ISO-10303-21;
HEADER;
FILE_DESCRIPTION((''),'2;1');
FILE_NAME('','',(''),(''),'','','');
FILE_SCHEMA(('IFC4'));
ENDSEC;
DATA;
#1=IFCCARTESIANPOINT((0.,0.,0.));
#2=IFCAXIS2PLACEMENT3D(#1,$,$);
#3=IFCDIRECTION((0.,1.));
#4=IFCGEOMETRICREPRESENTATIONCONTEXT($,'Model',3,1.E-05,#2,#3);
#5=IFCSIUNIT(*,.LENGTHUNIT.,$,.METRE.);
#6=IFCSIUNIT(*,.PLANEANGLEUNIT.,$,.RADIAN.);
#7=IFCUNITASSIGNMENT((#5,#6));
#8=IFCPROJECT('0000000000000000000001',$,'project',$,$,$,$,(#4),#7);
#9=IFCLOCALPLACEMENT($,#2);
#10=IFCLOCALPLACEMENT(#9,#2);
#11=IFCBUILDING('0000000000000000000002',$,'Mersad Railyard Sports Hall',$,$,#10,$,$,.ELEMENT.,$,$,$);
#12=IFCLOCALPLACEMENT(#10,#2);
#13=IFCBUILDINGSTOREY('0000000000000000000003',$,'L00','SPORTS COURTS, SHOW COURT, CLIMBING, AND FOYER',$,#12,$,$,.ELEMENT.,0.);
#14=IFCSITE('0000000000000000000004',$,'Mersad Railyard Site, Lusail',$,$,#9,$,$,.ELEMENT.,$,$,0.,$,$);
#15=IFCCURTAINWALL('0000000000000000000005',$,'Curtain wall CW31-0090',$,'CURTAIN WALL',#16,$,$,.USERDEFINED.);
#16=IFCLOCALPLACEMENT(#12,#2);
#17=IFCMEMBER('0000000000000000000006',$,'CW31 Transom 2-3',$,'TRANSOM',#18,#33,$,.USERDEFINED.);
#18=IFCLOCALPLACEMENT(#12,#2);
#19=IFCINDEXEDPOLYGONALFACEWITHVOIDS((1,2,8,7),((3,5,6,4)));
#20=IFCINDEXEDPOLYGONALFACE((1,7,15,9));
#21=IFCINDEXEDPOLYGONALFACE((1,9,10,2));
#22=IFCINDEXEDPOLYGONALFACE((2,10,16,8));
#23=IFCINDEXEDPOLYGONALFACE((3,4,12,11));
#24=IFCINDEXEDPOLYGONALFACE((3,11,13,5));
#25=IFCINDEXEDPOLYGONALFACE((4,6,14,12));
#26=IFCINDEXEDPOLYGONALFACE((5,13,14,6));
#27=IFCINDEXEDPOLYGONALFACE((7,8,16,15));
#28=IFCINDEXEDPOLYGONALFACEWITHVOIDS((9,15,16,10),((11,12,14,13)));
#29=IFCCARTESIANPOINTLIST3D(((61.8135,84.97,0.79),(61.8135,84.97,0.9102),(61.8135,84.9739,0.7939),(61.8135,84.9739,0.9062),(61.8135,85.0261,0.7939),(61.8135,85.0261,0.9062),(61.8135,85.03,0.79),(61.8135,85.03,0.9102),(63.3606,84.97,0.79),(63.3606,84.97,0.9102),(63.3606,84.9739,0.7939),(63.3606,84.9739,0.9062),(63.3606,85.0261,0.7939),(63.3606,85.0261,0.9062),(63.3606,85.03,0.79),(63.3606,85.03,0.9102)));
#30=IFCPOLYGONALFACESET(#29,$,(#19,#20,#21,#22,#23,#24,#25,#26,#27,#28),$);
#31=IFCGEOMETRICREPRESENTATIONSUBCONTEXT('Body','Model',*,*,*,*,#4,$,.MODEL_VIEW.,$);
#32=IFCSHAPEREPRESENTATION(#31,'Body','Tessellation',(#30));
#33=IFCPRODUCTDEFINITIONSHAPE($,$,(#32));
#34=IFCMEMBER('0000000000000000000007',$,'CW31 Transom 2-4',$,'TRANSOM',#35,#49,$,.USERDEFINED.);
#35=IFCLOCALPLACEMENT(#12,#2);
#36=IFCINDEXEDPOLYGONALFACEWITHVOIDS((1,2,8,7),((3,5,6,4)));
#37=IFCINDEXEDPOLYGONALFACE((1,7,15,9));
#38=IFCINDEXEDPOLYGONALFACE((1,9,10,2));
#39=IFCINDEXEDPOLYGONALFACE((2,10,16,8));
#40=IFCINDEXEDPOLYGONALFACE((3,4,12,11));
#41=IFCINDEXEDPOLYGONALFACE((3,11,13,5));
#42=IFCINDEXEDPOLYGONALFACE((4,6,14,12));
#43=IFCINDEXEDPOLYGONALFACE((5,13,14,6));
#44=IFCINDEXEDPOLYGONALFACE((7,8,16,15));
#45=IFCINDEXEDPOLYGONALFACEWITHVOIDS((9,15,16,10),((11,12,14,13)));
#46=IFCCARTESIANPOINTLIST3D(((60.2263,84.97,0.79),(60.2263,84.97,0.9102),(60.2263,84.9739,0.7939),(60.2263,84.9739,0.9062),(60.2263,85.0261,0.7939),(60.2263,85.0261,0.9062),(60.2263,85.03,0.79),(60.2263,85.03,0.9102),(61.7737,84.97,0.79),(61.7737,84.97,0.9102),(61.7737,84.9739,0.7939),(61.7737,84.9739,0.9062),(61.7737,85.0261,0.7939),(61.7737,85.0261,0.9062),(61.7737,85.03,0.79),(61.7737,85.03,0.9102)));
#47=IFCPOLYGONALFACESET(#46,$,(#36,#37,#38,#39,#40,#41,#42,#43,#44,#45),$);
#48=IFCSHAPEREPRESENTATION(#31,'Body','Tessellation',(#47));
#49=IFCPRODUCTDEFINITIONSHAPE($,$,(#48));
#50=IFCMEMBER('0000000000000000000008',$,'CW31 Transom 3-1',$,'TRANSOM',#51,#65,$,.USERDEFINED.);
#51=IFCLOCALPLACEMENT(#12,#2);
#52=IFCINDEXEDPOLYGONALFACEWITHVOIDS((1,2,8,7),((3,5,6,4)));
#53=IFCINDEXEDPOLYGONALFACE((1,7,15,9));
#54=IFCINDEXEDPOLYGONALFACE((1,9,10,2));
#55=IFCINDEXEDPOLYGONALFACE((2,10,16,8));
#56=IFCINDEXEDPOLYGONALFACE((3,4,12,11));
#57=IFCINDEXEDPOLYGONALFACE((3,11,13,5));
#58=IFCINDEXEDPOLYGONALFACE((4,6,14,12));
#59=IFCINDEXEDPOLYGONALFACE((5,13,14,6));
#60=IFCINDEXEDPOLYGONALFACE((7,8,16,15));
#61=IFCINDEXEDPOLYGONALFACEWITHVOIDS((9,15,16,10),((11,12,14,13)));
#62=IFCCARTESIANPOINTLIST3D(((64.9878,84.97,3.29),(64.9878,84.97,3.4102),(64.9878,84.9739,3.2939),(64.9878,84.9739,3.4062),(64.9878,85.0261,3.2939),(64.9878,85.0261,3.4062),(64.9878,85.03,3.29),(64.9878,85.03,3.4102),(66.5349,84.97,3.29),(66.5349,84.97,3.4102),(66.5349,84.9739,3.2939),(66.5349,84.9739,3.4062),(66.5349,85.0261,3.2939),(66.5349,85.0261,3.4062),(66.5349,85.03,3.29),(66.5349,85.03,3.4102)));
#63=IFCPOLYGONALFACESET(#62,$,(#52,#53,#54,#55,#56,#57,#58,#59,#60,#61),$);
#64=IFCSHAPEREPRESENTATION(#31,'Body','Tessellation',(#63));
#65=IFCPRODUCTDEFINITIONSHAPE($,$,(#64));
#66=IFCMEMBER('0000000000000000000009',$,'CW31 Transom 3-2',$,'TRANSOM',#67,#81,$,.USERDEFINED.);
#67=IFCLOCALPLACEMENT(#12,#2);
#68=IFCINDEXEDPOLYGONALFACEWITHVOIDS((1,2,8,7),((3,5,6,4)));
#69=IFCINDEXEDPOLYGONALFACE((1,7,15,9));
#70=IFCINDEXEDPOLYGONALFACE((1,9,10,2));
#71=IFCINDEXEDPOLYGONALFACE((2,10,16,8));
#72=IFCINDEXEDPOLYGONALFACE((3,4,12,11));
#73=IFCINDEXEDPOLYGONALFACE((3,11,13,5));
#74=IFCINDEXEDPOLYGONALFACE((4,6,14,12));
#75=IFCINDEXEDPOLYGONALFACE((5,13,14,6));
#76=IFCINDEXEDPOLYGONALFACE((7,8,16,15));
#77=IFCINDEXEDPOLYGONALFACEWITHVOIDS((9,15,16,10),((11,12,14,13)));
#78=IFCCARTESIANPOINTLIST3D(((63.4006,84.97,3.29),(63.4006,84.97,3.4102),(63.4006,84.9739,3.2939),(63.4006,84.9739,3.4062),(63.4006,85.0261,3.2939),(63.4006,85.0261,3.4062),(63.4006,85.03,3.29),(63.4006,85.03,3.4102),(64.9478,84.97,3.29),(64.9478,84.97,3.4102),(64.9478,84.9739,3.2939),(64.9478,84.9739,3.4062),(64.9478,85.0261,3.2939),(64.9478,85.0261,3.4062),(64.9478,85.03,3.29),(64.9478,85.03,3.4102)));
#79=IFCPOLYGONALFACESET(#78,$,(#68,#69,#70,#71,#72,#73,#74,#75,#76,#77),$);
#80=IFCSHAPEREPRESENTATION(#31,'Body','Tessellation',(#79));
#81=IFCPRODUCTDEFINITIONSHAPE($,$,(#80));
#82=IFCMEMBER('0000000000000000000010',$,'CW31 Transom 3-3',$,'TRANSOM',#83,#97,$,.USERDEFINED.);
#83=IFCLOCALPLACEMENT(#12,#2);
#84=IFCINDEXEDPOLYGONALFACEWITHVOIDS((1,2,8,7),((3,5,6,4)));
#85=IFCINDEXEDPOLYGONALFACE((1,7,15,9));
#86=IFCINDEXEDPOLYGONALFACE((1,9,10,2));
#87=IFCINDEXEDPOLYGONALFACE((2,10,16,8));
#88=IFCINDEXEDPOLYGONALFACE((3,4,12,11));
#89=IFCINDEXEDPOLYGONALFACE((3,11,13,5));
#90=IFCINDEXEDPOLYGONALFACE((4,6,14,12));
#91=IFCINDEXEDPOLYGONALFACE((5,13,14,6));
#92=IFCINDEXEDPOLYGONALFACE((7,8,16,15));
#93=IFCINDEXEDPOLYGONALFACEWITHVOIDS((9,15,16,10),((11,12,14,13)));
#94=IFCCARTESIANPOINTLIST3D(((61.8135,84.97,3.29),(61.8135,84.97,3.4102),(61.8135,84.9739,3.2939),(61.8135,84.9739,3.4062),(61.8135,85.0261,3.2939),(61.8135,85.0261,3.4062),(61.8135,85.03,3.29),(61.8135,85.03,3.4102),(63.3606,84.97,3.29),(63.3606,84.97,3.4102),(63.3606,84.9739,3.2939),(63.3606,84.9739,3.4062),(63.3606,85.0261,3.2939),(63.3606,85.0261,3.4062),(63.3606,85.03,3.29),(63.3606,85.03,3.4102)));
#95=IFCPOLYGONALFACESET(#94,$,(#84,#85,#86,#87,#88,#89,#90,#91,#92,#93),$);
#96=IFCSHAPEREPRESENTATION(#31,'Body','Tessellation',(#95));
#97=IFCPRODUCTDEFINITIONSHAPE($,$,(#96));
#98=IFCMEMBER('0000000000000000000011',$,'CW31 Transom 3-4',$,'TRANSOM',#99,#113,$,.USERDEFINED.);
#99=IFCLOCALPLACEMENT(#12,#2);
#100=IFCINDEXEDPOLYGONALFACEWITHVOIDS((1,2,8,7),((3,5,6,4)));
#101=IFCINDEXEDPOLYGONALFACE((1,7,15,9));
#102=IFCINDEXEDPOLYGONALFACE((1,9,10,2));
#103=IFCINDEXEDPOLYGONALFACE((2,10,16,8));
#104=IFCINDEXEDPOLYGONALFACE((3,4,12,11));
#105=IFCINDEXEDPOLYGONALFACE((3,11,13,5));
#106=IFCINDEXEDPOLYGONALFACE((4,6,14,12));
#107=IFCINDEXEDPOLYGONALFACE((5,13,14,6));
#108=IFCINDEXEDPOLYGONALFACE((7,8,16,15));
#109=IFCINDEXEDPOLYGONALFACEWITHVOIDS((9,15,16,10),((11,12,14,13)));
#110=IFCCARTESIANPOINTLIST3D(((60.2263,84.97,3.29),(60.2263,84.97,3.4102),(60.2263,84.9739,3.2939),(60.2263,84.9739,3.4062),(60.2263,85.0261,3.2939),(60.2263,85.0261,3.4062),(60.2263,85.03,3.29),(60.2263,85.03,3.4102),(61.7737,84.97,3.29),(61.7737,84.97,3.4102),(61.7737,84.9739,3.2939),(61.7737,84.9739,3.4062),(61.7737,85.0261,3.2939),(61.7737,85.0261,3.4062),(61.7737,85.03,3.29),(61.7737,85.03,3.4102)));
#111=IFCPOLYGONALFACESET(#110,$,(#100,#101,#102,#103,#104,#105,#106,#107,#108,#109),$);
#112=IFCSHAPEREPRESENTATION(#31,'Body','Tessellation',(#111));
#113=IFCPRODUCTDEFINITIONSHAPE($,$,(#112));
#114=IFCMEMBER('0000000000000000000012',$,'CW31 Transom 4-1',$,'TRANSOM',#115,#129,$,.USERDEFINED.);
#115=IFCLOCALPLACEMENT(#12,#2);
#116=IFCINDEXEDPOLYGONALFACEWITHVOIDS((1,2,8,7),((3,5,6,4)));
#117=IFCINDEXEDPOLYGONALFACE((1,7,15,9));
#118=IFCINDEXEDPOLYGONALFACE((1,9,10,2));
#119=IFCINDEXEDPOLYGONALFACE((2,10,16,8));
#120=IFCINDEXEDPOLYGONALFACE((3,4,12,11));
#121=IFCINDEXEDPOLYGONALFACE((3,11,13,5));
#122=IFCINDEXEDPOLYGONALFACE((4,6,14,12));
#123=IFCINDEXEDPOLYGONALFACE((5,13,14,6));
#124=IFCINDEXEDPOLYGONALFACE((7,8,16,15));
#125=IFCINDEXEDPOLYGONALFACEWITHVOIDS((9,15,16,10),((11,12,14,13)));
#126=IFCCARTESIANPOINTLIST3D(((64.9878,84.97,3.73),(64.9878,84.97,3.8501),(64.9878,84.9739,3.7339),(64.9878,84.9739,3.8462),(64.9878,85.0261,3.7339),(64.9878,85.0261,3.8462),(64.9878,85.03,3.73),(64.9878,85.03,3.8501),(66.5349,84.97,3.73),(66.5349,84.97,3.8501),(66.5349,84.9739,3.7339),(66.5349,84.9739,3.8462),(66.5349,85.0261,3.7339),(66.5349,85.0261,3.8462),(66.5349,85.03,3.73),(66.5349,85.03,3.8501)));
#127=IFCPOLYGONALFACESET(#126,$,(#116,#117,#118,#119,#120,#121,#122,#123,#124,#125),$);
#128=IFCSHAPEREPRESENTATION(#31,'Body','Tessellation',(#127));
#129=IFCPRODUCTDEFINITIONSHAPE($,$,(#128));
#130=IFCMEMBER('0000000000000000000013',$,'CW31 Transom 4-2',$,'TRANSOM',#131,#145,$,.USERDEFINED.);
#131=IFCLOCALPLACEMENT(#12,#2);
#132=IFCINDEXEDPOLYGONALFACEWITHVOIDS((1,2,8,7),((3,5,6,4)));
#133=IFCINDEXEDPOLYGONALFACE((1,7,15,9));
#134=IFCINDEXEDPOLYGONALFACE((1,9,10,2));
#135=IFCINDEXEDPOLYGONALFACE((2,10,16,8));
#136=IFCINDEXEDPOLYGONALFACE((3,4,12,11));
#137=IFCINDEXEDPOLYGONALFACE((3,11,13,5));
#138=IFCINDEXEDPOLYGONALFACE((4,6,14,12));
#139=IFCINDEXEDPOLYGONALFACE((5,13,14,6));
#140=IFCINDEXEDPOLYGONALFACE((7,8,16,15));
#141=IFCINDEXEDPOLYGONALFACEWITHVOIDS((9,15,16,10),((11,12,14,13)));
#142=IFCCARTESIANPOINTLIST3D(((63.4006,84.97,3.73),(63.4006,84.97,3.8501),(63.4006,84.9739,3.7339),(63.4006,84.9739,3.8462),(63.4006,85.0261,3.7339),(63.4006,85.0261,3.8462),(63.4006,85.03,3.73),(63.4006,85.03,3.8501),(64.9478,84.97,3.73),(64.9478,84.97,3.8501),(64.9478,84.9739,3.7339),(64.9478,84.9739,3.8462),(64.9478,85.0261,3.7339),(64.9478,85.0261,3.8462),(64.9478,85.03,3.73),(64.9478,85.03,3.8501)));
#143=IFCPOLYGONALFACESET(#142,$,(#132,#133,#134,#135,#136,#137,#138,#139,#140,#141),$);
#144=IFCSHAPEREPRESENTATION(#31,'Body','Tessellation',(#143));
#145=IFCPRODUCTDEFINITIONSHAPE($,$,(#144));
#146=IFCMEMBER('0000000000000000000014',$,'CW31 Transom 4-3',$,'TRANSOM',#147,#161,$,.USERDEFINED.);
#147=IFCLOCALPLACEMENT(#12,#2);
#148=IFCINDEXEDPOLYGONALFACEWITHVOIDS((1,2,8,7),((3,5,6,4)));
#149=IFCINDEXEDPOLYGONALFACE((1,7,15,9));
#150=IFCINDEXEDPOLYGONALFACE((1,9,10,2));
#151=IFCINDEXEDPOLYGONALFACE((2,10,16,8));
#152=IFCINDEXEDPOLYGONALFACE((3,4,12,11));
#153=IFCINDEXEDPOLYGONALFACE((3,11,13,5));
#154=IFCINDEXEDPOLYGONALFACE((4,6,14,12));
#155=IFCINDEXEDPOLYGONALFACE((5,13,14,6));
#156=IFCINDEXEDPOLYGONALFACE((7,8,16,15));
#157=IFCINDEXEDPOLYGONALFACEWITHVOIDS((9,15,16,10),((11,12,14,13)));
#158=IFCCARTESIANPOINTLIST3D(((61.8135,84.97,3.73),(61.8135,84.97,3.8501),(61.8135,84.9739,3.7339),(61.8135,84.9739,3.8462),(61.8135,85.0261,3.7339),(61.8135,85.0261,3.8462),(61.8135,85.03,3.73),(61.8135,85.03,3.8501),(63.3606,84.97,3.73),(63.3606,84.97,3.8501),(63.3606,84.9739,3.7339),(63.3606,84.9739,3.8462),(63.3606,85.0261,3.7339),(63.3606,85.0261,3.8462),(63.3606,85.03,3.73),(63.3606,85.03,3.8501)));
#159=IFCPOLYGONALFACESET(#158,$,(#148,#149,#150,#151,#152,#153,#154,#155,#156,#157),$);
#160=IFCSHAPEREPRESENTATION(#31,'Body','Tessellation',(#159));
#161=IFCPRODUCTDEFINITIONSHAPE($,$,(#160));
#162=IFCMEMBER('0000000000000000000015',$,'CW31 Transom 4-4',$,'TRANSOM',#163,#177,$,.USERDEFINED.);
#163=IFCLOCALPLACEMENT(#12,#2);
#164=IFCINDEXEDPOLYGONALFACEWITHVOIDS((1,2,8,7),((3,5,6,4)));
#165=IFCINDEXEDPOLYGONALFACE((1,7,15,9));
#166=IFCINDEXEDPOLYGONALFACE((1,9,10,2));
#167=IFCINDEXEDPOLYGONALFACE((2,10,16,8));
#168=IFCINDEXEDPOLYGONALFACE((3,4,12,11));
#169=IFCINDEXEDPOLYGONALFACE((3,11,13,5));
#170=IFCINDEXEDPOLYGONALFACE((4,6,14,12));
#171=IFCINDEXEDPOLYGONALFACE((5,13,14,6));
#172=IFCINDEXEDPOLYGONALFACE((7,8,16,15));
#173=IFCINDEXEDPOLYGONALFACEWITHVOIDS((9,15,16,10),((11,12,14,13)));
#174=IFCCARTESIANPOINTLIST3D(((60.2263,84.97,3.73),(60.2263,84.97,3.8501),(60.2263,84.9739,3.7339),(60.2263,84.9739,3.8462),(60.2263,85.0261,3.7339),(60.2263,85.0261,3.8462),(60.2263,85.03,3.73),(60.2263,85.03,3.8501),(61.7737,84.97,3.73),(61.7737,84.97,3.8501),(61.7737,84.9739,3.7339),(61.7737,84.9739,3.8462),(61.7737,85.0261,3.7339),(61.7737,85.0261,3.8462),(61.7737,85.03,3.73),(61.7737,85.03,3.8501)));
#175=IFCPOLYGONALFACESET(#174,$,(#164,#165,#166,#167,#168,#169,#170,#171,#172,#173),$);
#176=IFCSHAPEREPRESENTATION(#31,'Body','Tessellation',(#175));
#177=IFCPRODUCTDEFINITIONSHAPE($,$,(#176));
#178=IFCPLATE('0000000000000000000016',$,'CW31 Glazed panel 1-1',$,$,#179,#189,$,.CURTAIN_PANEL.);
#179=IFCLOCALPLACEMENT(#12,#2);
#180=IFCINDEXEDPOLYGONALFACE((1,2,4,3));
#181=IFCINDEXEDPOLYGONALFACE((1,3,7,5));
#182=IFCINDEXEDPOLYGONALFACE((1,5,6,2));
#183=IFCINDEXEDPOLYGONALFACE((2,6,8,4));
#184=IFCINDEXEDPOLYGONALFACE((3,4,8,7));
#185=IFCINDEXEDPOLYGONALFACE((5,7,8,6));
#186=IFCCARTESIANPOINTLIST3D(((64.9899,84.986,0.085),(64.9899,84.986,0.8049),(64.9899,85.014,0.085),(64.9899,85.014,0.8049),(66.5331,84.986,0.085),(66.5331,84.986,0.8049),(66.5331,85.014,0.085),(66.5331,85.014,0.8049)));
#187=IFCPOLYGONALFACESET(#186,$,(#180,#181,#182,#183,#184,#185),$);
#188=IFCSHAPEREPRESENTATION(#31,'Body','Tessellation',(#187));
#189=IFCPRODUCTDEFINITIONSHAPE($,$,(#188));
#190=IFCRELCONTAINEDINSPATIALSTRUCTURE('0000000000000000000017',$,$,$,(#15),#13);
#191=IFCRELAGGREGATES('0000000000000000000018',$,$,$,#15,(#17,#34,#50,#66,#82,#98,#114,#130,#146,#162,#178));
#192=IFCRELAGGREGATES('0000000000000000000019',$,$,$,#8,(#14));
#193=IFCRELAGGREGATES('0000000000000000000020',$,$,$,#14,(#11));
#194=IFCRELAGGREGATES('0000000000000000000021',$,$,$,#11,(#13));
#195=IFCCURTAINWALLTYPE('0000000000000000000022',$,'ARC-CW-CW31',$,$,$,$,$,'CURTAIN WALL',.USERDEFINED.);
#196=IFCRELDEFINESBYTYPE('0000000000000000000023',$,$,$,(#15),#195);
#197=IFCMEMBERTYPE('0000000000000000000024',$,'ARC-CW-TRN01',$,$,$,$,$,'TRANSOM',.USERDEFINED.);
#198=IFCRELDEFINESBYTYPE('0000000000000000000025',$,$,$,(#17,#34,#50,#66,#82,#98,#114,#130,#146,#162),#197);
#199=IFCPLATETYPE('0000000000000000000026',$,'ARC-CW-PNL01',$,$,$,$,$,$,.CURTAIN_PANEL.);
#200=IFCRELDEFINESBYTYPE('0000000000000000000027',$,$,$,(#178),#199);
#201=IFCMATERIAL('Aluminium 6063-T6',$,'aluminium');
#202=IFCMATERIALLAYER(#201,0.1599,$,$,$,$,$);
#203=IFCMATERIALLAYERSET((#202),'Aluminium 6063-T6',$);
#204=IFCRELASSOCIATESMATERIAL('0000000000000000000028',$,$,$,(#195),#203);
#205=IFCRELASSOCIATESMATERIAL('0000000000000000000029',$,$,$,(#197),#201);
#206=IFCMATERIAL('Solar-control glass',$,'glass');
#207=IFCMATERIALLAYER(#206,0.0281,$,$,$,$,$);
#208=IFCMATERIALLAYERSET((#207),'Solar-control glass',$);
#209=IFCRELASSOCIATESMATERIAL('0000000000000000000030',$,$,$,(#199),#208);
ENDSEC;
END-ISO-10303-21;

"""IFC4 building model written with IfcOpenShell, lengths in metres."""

from ifc_helpers import new_model, si_unit, direction, frame, origin, origin_2d, place, context, subcontext, project, spatial, rectangle, hollow_rectangle, extrude, material, layer, layer_set, material_profile, profile_set, type_object, element, aggregate, save


model = new_model("IFC4")

# Units and contexts
model_context = context("Model", 3, precision=1e-05, world=origin(), true_north=direction((0.0, 1.0)))
body_context = subcontext(model_context, "Body", "Model", "MODEL_VIEW")
ifc_project = project(units=[si_unit("LENGTHUNIT", "METRE"), si_unit("PLANEANGLEUNIT", "RADIAN")], contexts=[model_context])

# Site, building, storey
site_placement = place(None, origin())
site = spatial("IfcSite", under=ifc_project, at=site_placement, Name="Mersad Railyard Site, Lusail", CompositionType="ELEMENT", RefElevation=0.0)
building_placement = place(site_placement, origin())
building = spatial("IfcBuilding", under=site, at=building_placement, Name="Mersad Railyard Sports Hall", CompositionType="ELEMENT")
storey_placement = place(building_placement, origin())
storey = spatial("IfcBuildingStorey", under=building, at=storey_placement, Name="L00", Description="SPORTS COURTS, SHOW COURT, CLIMBING, AND FOYER", CompositionType="ELEMENT", Elevation=0.0)

# Curtain wall, members, plate
ifc_material_1 = material(Name="Aluminium 6063-T6", Category="aluminium")
ifc_layer_1 = layer(ifc_material_1, 0.1599)
ifc_layer_set_1 = layer_set([ifc_layer_1], Name="Aluminium 6063-T6")
curtain_wall_type = type_object("IfcCurtainWallType", Name="ARC-CW-CW31", ElementType="CURTAIN WALL", PredefinedType="USERDEFINED", material=ifc_layer_set_1)
curtain_wall_placement = place(storey_placement, origin())
curtain_wall = element("IfcCurtainWall", 1, at=curtain_wall_placement, inside=storey, type_object=curtain_wall_type, Name="Curtain wall CW31-0090", ObjectType="CURTAIN WALL", PredefinedType="USERDEFINED")
ifc_material_profile_1 = material_profile(ifc_material_1, hollow_rectangle(XDim=0.0601, YDim=0.1201, WallThickness=0.0039, at=origin_2d()), Name="AL TRANSOM 60x120x4")
ifc_profile_set_1 = profile_set([ifc_material_profile_1], Name="Aluminium 6063-T6")
member_type_1 = type_object("IfcMemberType", Name="ARC-CW-TRN01", ElementType="TRANSOM", PredefinedType="USERDEFINED", material=ifc_profile_set_1)
member_1_placement = place(storey_placement, frame((63.3606, 85.0, 0.8501), z_axis=(-1.0, 0.0, 0.0), x_axis=(0.0, -1.0, 0.0)))
member_1 = element("IfcMember", 2, at=member_1_placement, type_object=member_type_1, Name="CW31 Transom 2-3", ObjectType="TRANSOM", PredefinedType="USERDEFINED", context=body_context, shape_type="SweptSolid", body=[
    extrude(hollow_rectangle(XDim=0.0601, YDim=0.1201, WallThickness=0.0039, at=origin_2d()), origin(), (0.0, 0.0, 1.0), 1.5471),
])
member_2_placement = place(storey_placement, frame((61.7737, 85.0, 0.8501), z_axis=(-1.0, 0.0, 0.0), x_axis=(0.0, -1.0, 0.0)))
member_2 = element("IfcMember", 3, at=member_2_placement, type_object=member_type_1, Name="CW31 Transom 2-4", ObjectType="TRANSOM", PredefinedType="USERDEFINED", context=body_context, shape_type="SweptSolid", body=[
    extrude(hollow_rectangle(XDim=0.0601, YDim=0.1201, WallThickness=0.0039, at=origin_2d()), origin(), (0.0, 0.0, 1.0), 1.5474),
])
member_3_placement = place(storey_placement, frame((66.5349, 85.0, 3.3501), z_axis=(-1.0, 0.0, 0.0), x_axis=(0.0, -1.0, 0.0)))
member_3 = element("IfcMember", 4, at=member_3_placement, type_object=member_type_1, Name="CW31 Transom 3-1", ObjectType="TRANSOM", PredefinedType="USERDEFINED", context=body_context, shape_type="SweptSolid", body=[
    extrude(hollow_rectangle(XDim=0.0601, YDim=0.1201, WallThickness=0.0039, at=origin_2d()), origin(), (0.0, 0.0, 1.0), 1.5471),
])
member_4_placement = place(storey_placement, frame((64.9478, 85.0, 3.3501), z_axis=(-1.0, 0.0, 0.0), x_axis=(0.0, -1.0, 0.0)))
member_4 = element("IfcMember", 5, at=member_4_placement, type_object=member_type_1, Name="CW31 Transom 3-2", ObjectType="TRANSOM", PredefinedType="USERDEFINED", context=body_context, shape_type="SweptSolid", body=[
    extrude(hollow_rectangle(XDim=0.0601, YDim=0.1201, WallThickness=0.0039, at=origin_2d()), origin(), (0.0, 0.0, 1.0), 1.5471),
])
member_5_placement = place(storey_placement, frame((63.3606, 85.0, 3.3501), z_axis=(-1.0, 0.0, 0.0), x_axis=(0.0, -1.0, 0.0)))
member_5 = element("IfcMember", 6, at=member_5_placement, type_object=member_type_1, Name="CW31 Transom 3-3", ObjectType="TRANSOM", PredefinedType="USERDEFINED", context=body_context, shape_type="SweptSolid", body=[
    extrude(hollow_rectangle(XDim=0.0601, YDim=0.1201, WallThickness=0.0039, at=origin_2d()), origin(), (0.0, 0.0, 1.0), 1.5471),
])
member_6_placement = place(storey_placement, frame((61.7737, 85.0, 3.3501), z_axis=(-1.0, 0.0, 0.0), x_axis=(0.0, -1.0, 0.0)))
member_6 = element("IfcMember", 7, at=member_6_placement, type_object=member_type_1, Name="CW31 Transom 3-4", ObjectType="TRANSOM", PredefinedType="USERDEFINED", context=body_context, shape_type="SweptSolid", body=[
    extrude(hollow_rectangle(XDim=0.0601, YDim=0.1201, WallThickness=0.0039, at=origin_2d()), origin(), (0.0, 0.0, 1.0), 1.5474),
])
member_7_placement = place(storey_placement, frame((66.5349, 85.0, 3.79), z_axis=(-1.0, 0.0, 0.0), x_axis=(0.0, -1.0, 0.0)))
member_7 = element("IfcMember", 8, at=member_7_placement, type_object=member_type_1, Name="CW31 Transom 4-1", ObjectType="TRANSOM", PredefinedType="USERDEFINED", context=body_context, shape_type="SweptSolid", body=[
    extrude(hollow_rectangle(XDim=0.0601, YDim=0.1201, WallThickness=0.0039, at=origin_2d()), origin(), (0.0, 0.0, 1.0), 1.5471),
])
member_8_placement = place(storey_placement, frame((64.9478, 85.0, 3.79), z_axis=(-1.0, 0.0, 0.0), x_axis=(0.0, -1.0, 0.0)))
member_8 = element("IfcMember", 9, at=member_8_placement, type_object=member_type_1, Name="CW31 Transom 4-2", ObjectType="TRANSOM", PredefinedType="USERDEFINED", context=body_context, shape_type="SweptSolid", body=[
    extrude(hollow_rectangle(XDim=0.0601, YDim=0.1201, WallThickness=0.0039, at=origin_2d()), origin(), (0.0, 0.0, 1.0), 1.5471),
])
member_9_placement = place(storey_placement, frame((63.3606, 85.0, 3.79), z_axis=(-1.0, 0.0, 0.0), x_axis=(0.0, -1.0, 0.0)))
member_9 = element("IfcMember", 10, at=member_9_placement, type_object=member_type_1, Name="CW31 Transom 4-3", ObjectType="TRANSOM", PredefinedType="USERDEFINED", context=body_context, shape_type="SweptSolid", body=[
    extrude(hollow_rectangle(XDim=0.0601, YDim=0.1201, WallThickness=0.0039, at=origin_2d()), origin(), (0.0, 0.0, 1.0), 1.5471),
])
member_10_placement = place(storey_placement, frame((61.7737, 85.0, 3.79), z_axis=(-1.0, 0.0, 0.0), x_axis=(0.0, -1.0, 0.0)))
member_10 = element("IfcMember", 11, at=member_10_placement, type_object=member_type_1, Name="CW31 Transom 4-4", ObjectType="TRANSOM", PredefinedType="USERDEFINED", context=body_context, shape_type="SweptSolid", body=[
    extrude(hollow_rectangle(XDim=0.0601, YDim=0.1201, WallThickness=0.0039, at=origin_2d()), origin(), (0.0, 0.0, 1.0), 1.5474),
])
ifc_material_2 = material(Name="Solar-control glass", Category="glass")
ifc_layer_2 = layer(ifc_material_2, 0.0281)
ifc_layer_set_2 = layer_set([ifc_layer_2], Name="Solar-control glass")
plate_type = type_object("IfcPlateType", Name="ARC-CW-PNL01", PredefinedType="CURTAIN_PANEL", material=ifc_layer_set_2)
plate_1_placement = place(storey_placement, frame((65.7615, 85.0, 0.085), z_axis=(0.0, 0.0, 1.0), x_axis=(-1.0, 0.0, 0.0)))
plate_1 = element("IfcPlate", 12, at=plate_1_placement, type_object=plate_type, Name="CW31 Glazed panel 1-1", PredefinedType="CURTAIN_PANEL", context=body_context, shape_type="SweptSolid", body=[
    extrude(rectangle(XDim=1.5432, YDim=0.0281, at=origin_2d()), origin(), (0.0, 0.0, 1.0), 0.72),
])
aggregate(curtain_wall, [member_1, member_2, member_3, member_4, member_5, member_6, member_7, member_8, member_9, member_10, plate_1])

save(model, "model.ifc")
